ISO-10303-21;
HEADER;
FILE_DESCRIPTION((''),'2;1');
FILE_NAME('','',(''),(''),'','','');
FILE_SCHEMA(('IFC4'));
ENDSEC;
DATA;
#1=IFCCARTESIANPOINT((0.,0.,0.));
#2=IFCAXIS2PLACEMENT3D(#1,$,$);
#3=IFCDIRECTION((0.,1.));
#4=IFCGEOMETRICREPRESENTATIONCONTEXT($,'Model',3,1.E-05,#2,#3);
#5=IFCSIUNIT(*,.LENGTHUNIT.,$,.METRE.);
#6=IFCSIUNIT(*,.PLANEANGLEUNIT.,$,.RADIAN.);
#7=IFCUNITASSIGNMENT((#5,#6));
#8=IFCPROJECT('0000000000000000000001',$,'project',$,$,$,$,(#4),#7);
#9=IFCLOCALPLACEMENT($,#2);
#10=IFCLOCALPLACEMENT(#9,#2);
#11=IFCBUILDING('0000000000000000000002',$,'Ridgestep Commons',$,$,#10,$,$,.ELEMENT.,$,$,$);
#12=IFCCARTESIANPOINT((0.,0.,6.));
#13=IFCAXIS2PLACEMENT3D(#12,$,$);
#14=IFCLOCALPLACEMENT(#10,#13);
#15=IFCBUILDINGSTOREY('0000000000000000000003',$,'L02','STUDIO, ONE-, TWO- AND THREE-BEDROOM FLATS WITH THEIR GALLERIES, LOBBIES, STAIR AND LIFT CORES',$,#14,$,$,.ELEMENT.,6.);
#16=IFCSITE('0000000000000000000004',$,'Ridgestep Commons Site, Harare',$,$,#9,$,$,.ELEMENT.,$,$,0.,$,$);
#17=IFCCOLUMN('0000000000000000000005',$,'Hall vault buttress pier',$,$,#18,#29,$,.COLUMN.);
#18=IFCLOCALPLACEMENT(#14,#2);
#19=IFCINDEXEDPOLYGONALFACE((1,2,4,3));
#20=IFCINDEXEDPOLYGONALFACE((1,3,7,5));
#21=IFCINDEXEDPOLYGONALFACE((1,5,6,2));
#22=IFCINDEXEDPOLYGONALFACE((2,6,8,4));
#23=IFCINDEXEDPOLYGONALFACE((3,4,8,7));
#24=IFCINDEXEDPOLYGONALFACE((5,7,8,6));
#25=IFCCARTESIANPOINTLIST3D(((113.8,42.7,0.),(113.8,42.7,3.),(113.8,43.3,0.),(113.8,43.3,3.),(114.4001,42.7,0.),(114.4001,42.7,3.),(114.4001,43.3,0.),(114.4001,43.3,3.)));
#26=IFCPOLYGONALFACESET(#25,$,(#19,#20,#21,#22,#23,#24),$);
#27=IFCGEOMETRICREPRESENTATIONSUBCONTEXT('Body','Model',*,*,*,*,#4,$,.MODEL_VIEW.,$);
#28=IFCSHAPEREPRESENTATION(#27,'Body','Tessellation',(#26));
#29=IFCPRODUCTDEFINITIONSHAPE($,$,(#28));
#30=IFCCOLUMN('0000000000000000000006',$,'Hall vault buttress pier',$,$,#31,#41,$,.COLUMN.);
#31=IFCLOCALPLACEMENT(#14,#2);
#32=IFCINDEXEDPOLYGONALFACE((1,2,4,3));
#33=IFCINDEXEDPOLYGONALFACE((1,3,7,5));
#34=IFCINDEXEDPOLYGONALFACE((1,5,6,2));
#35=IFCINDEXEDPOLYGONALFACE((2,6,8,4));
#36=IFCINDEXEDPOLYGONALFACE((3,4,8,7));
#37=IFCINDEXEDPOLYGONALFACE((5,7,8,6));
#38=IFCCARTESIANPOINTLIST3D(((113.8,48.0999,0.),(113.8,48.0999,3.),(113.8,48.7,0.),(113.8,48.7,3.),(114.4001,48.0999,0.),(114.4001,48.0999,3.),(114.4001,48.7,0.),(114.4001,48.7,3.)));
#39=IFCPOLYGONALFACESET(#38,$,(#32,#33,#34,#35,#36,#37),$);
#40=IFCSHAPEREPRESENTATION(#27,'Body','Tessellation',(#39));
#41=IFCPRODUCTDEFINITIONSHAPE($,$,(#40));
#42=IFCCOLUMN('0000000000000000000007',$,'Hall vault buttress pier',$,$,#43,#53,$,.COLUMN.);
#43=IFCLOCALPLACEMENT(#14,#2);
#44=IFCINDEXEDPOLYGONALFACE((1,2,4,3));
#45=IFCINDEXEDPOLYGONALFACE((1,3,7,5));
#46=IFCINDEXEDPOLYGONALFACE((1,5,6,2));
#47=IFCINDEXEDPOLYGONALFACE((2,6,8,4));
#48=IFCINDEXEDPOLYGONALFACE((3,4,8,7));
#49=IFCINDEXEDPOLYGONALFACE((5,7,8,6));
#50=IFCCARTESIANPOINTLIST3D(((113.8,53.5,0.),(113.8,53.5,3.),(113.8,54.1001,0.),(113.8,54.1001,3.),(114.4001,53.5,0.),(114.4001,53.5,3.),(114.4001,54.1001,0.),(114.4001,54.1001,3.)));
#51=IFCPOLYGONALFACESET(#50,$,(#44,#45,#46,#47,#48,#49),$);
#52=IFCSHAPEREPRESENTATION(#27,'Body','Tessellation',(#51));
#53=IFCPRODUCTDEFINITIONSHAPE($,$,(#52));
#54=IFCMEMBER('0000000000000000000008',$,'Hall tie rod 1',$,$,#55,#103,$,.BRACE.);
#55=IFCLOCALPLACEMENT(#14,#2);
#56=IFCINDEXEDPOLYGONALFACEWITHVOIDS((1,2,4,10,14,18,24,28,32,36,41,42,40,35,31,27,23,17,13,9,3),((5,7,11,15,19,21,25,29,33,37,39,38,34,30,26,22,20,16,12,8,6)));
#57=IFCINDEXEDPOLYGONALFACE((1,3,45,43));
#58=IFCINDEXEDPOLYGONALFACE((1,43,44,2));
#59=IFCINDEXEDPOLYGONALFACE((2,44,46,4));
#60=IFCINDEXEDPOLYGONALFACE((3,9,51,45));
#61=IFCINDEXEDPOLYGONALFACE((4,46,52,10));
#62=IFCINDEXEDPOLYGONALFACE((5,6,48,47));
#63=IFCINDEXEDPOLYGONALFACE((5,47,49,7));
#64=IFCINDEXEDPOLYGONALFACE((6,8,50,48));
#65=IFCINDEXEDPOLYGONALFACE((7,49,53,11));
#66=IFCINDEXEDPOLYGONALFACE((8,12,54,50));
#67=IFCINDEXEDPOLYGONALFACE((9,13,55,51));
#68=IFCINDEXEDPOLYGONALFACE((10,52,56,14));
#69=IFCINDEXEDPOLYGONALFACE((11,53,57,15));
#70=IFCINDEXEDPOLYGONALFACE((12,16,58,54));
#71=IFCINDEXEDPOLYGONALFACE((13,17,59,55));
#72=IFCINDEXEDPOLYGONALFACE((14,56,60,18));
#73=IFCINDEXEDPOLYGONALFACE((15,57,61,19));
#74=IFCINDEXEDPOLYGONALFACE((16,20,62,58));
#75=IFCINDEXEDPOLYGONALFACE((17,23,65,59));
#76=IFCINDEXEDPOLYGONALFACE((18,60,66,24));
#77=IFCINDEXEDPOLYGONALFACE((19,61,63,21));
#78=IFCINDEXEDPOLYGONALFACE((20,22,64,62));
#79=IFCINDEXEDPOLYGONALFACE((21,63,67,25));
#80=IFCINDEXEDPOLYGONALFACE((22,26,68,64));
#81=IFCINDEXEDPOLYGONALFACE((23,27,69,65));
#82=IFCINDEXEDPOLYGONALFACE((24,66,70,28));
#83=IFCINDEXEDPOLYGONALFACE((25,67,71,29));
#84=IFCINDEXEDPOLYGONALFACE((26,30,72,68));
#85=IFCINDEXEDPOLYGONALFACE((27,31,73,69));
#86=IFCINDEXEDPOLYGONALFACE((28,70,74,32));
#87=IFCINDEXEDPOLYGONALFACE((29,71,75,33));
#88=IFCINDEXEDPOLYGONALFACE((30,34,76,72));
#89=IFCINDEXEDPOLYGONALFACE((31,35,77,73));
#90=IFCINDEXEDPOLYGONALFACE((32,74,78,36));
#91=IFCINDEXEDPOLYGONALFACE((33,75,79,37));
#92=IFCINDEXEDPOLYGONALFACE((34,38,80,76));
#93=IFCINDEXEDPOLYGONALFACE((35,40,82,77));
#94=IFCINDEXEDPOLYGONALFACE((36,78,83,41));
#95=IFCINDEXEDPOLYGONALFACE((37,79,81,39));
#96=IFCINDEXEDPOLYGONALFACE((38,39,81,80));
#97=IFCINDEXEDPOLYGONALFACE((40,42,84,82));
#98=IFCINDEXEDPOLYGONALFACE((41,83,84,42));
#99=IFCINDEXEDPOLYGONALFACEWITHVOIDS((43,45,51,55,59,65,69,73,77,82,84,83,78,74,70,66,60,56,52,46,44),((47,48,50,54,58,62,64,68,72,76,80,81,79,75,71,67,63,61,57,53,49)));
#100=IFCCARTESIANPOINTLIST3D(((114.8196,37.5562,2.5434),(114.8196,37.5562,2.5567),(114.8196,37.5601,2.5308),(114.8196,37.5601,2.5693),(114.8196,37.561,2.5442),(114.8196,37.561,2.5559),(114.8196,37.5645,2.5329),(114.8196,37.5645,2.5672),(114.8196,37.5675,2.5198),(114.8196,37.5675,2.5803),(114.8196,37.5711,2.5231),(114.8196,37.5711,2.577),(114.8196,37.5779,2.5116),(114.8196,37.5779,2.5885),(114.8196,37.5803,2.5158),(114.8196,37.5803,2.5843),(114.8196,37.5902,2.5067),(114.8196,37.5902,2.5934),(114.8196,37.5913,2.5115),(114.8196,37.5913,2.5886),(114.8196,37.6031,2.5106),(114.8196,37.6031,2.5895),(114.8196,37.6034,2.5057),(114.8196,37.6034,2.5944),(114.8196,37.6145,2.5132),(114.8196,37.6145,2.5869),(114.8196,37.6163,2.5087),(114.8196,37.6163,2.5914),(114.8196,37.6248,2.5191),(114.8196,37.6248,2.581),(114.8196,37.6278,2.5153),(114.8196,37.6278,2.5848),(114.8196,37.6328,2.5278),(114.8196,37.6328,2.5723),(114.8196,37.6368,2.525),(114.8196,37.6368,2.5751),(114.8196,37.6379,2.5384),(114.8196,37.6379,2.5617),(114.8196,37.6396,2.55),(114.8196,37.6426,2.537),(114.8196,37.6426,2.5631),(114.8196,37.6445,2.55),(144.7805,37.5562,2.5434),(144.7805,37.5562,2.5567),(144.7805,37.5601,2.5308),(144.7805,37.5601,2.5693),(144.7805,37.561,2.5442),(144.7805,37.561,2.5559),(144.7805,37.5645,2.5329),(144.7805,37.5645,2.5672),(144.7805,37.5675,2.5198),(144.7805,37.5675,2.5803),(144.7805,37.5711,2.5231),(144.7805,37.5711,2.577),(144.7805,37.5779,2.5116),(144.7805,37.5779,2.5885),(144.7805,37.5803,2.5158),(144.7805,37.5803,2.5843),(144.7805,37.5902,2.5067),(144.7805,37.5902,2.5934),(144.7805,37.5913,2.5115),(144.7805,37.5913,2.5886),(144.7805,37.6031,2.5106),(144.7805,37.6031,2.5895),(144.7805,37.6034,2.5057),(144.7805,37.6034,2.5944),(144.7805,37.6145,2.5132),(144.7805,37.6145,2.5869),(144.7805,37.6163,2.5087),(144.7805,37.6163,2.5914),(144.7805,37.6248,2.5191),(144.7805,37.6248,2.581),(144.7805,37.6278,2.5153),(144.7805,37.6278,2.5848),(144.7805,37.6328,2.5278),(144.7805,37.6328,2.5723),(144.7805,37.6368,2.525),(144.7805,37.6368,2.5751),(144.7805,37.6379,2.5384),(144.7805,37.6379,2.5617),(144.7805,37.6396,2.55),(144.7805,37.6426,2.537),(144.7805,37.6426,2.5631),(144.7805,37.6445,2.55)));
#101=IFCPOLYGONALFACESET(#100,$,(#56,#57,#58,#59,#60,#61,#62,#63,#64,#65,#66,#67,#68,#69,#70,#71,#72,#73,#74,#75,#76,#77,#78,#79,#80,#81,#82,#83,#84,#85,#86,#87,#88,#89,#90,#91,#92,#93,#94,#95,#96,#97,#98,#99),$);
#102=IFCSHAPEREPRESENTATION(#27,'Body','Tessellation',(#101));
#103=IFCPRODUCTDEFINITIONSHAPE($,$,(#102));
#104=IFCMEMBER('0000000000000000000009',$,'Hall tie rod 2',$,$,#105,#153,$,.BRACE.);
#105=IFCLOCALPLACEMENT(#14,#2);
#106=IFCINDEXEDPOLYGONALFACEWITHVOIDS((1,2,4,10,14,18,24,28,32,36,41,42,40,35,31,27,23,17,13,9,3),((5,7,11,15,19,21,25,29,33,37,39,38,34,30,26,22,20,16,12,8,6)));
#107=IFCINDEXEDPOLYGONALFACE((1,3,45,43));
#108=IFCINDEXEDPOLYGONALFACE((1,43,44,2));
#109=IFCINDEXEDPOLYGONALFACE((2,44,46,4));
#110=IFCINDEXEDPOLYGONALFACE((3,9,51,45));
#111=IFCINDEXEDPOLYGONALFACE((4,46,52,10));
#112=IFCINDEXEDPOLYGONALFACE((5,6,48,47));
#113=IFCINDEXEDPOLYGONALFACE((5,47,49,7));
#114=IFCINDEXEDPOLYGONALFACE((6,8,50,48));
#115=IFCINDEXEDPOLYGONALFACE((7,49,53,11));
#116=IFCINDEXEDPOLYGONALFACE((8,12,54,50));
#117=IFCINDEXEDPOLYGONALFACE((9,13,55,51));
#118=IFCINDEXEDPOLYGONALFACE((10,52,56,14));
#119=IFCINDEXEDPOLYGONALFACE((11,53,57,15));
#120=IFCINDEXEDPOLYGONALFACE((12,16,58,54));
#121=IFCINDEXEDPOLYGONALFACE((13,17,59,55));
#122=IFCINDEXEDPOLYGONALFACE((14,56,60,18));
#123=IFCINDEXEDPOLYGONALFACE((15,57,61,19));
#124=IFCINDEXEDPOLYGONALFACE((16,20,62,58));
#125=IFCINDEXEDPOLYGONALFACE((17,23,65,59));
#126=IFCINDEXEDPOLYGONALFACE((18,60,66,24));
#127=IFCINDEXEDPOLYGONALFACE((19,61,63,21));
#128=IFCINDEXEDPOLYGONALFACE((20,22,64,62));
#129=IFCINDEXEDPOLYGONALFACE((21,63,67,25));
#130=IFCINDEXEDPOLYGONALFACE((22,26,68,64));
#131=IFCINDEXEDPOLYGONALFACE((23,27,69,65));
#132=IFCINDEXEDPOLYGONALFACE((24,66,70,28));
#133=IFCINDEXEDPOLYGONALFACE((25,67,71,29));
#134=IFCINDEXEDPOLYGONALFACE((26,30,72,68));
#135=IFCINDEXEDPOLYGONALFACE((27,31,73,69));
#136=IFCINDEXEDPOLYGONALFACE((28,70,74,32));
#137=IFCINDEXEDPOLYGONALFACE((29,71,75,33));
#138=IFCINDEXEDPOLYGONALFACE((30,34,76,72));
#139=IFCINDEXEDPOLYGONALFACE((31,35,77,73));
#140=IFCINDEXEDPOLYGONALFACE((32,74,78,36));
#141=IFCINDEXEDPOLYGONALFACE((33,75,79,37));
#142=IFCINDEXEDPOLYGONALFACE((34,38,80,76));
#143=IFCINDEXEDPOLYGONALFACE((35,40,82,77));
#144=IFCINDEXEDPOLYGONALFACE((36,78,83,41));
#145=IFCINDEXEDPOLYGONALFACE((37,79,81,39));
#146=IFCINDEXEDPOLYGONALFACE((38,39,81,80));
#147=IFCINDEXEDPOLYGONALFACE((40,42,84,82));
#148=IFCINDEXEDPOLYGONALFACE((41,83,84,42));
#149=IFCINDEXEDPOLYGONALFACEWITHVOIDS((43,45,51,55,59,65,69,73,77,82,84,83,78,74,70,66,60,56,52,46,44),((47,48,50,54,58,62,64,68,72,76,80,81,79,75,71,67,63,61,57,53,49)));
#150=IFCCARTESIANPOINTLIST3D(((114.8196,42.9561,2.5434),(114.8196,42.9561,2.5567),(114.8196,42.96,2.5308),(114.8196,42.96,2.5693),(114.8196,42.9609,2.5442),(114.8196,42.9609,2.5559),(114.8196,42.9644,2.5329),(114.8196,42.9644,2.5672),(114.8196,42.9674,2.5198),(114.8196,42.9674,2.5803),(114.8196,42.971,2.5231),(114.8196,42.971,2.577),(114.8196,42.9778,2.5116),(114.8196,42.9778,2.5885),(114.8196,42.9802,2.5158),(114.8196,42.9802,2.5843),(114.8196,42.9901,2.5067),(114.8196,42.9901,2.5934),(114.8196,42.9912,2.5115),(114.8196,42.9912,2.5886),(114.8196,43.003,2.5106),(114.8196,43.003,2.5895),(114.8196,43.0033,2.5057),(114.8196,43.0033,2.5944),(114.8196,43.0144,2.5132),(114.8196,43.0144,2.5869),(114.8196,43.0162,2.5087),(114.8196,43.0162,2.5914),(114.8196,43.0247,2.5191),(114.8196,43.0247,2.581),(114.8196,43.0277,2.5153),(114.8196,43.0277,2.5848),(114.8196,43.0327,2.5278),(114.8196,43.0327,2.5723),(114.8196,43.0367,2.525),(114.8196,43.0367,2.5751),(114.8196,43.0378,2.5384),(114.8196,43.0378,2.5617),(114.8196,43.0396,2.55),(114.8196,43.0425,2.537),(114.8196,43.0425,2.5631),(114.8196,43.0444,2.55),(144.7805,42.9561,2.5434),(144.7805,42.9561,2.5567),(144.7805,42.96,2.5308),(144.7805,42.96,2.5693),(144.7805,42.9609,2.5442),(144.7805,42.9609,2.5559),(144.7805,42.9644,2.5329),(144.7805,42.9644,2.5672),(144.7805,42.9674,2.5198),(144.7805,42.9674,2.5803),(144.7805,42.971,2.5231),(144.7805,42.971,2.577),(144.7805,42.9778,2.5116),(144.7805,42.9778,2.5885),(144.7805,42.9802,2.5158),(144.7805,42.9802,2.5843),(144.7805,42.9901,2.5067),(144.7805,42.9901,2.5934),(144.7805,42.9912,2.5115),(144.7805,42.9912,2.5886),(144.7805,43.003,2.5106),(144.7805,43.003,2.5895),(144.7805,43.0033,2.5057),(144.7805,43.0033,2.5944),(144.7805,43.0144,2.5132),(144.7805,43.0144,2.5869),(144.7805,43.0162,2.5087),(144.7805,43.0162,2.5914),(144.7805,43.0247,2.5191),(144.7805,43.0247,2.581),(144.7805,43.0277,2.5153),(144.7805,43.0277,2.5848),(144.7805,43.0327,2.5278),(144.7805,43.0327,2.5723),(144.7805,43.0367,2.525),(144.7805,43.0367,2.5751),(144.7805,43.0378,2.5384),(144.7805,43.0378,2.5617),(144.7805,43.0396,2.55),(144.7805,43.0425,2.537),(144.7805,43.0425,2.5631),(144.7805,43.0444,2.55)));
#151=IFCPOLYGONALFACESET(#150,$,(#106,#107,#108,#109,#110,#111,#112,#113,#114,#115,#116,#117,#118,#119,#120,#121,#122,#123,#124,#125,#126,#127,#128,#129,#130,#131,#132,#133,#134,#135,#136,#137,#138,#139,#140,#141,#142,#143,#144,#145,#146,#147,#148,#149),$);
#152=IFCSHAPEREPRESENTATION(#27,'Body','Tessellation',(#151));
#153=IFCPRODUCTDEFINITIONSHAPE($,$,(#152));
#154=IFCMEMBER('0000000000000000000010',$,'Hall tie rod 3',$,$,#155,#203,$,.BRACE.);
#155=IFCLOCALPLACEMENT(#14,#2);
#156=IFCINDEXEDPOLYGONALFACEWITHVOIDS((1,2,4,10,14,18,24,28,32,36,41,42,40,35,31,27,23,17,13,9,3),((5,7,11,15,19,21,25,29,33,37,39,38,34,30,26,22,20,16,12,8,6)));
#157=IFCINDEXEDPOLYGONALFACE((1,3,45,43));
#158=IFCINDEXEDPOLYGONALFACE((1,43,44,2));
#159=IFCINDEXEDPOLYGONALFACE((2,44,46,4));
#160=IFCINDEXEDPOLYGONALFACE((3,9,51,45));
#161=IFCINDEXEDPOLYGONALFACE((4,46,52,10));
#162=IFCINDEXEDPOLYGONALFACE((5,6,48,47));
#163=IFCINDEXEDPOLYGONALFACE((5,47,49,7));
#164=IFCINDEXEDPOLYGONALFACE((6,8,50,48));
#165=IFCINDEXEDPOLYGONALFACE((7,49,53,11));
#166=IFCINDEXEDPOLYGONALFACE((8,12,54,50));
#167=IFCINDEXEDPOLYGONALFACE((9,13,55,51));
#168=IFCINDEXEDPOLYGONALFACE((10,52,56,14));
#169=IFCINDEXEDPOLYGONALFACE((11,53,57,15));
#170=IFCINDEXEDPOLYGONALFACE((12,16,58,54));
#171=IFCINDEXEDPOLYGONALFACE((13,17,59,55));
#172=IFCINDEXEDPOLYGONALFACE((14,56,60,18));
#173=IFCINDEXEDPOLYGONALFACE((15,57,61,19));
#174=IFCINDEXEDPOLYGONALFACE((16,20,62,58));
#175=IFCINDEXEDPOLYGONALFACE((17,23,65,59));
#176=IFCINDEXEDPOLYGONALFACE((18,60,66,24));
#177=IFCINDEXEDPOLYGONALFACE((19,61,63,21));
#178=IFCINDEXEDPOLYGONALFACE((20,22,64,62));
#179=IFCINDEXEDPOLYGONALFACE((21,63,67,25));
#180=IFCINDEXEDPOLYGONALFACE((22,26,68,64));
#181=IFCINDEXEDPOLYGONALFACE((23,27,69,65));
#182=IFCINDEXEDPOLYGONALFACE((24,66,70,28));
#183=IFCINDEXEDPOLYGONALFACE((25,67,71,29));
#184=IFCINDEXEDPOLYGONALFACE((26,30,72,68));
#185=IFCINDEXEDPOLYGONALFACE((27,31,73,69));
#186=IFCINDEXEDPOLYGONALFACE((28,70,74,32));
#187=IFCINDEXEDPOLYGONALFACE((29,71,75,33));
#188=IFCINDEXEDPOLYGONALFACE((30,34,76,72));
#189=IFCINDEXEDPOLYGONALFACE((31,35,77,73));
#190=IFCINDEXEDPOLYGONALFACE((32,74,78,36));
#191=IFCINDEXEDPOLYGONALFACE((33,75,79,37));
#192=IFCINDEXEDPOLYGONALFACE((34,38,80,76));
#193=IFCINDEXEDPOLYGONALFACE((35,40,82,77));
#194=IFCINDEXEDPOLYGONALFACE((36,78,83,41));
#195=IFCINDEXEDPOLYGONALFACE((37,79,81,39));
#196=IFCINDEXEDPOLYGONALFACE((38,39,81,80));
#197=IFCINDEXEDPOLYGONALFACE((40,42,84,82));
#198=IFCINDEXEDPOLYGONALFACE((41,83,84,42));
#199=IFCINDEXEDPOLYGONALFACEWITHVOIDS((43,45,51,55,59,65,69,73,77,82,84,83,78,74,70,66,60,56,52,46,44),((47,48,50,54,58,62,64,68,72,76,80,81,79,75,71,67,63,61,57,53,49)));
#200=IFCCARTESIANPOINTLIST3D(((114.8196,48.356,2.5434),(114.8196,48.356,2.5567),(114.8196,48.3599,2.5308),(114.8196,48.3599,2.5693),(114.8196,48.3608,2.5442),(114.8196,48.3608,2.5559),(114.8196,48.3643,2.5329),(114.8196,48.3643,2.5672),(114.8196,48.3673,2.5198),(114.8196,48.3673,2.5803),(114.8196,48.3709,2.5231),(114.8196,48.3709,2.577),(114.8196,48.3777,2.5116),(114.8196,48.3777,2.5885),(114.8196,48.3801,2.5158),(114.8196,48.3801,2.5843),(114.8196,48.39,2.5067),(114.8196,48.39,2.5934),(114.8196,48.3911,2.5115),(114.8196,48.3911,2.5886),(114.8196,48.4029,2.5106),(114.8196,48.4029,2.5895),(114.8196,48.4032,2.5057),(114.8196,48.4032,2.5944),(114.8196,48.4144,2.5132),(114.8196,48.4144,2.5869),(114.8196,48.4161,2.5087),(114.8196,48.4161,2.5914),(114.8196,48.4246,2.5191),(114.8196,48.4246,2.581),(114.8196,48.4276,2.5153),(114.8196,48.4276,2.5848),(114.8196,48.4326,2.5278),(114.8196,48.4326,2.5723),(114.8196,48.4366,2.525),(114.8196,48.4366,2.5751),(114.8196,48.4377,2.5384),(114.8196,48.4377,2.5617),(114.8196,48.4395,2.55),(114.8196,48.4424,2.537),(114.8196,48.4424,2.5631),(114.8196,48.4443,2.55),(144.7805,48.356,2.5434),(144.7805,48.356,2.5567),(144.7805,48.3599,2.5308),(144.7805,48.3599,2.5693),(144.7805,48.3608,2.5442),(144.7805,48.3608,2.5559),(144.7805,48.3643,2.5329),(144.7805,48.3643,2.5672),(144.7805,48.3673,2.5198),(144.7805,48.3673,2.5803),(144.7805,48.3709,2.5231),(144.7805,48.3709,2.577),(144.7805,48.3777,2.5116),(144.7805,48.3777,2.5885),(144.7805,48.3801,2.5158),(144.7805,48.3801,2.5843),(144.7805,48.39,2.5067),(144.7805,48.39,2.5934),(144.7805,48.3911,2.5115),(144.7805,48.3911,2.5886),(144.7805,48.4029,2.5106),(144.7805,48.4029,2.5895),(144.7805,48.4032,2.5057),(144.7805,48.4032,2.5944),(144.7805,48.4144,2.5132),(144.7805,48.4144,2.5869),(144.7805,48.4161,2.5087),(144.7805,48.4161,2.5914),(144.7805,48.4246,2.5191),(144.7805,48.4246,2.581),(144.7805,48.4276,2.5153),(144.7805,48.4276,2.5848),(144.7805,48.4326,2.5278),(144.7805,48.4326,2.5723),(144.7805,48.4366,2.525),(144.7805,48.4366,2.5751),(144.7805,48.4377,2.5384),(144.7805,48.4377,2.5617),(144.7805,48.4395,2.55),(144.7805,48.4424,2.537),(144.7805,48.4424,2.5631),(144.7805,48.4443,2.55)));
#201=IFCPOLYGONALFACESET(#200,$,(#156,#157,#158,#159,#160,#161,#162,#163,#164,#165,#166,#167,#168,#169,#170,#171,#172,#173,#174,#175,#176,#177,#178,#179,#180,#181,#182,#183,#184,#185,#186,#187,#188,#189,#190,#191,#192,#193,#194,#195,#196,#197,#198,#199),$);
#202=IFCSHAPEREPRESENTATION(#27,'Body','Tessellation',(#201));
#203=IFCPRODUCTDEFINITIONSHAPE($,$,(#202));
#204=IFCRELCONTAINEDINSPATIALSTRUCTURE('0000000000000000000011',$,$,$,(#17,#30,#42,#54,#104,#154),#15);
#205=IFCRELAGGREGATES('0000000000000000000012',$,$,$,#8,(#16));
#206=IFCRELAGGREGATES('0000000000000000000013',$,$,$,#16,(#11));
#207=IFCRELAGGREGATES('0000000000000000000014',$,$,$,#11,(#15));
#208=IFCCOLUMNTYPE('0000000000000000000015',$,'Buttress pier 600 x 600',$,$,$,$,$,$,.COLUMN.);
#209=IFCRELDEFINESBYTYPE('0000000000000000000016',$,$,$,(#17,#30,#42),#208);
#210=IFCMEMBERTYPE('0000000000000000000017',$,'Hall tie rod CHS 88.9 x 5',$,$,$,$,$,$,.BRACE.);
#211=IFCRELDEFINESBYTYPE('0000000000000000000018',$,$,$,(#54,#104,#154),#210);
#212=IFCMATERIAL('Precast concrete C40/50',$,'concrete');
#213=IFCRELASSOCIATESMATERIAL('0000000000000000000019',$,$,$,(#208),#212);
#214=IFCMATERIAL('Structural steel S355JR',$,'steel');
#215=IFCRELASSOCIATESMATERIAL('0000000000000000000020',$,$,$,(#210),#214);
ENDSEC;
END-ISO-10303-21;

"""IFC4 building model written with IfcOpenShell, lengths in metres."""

from ifc_helpers import new_model, si_unit, direction, frame, origin, origin_2d, place, context, subcontext, project, spatial, rectangle, hollow_circle, extrude, material, material_profile, profile_set, type_object, element, save


model = new_model("IFC4")

# Units and contexts
model_context = context("Model", 3, precision=1e-05, world=origin(), true_north=direction((0.0, 1.0)))
body_context = subcontext(model_context, "Body", "Model", "MODEL_VIEW")
ifc_project = project(units=[si_unit("LENGTHUNIT", "METRE"), si_unit("PLANEANGLEUNIT", "RADIAN")], contexts=[model_context])

# Site, building, storey
site_placement = place(None, origin())
site = spatial("IfcSite", under=ifc_project, at=site_placement, Name="Ridgestep Commons Site, Harare", CompositionType="ELEMENT", RefElevation=0.0)
building_placement = place(site_placement, origin())
building = spatial("IfcBuilding", under=site, at=building_placement, Name="Ridgestep Commons", CompositionType="ELEMENT")
storey_placement = place(building_placement, frame((0.0, 0.0, 6.0)))
storey = spatial("IfcBuildingStorey", under=building, at=storey_placement, Name="L02", Description="STUDIO, ONE-, TWO- AND THREE-BEDROOM FLATS WITH THEIR GALLERIES, LOBBIES, STAIR AND LIFT CORES", CompositionType="ELEMENT", Elevation=6.0)

# Columns
ifc_material_1 = material(Name="Precast concrete C40/50", Category="concrete")
ifc_material_profile_1 = material_profile(ifc_material_1, rectangle(XDim=0.6001, YDim=0.6001, at=origin_2d()), Name="Buttress pier 600 x 600")
ifc_profile_set_1 = profile_set([ifc_material_profile_1], Name="Precast concrete C40/50")
column_type = type_object("IfcColumnType", Name="Buttress pier 600 x 600", PredefinedType="COLUMN", material=ifc_profile_set_1)
for number, where, z_axis, x_axis, name in (
    (1, (114.1001, 43.0, 0.0), (0.0, 0.0, 1.0), (1.0, 0.0, 0.0), "Hall vault buttress pier"),
    (2, (114.1001, 48.3999, 0.0), (0.0, 0.0, 1.0), (1.0, 0.0, 0.0), "Hall vault buttress pier"),
    (3, (114.1001, 53.8, 0.0), (0.0, 0.0, 1.0), (1.0, 0.0, 0.0), "Hall vault buttress pier"),
):
    element("IfcColumn", number, at=place(storey_placement, frame(where, z_axis=z_axis, x_axis=x_axis)), inside=storey, type_object=column_type, Name=name, PredefinedType="COLUMN", context=body_context, shape_type="SweptSolid", body=[
        extrude(rectangle(XDim=0.6001, YDim=0.6001, at=origin_2d()), origin(), (0.0, 0.0, 1.0), 3.0),
    ])

# Members
ifc_material_2 = material(Name="Structural steel S355JR", Category="steel")
ifc_material_profile_2 = material_profile(ifc_material_2, hollow_circle(Radius=0.0444, WallThickness=0.0049, at=origin_2d()), Name="CHS 88.9x5.0")
ifc_profile_set_2 = profile_set([ifc_material_profile_2], Name="Structural steel S355JR")
member_type = type_object("IfcMemberType", Name="Hall tie rod CHS 88.9 x 5", PredefinedType="BRACE", material=ifc_profile_set_2)
for number, where, z_axis, x_axis, name in (
    (4, (114.8196, 37.6001, 2.55), (1.0, 0.0, 0.0), (0.0, 1.0, 0.0), "Hall tie rod 1"),
    (5, (114.8196, 43.0, 2.55), (1.0, 0.0, 0.0), (0.0, 1.0, 0.0), "Hall tie rod 2"),
    (6, (114.8196, 48.3999, 2.55), (1.0, 0.0, 0.0), (0.0, 1.0, 0.0), "Hall tie rod 3"),
):
    element("IfcMember", number, at=place(storey_placement, frame(where, z_axis=z_axis, x_axis=x_axis)), inside=storey, type_object=member_type, Name=name, PredefinedType="BRACE", context=body_context, shape_type="SweptSolid", body=[
        extrude(hollow_circle(Radius=0.0444, WallThickness=0.0049, at=origin_2d()), origin(), (0.0, 0.0, 1.0), 29.9609),
    ])

save(model, "model.ifc")
